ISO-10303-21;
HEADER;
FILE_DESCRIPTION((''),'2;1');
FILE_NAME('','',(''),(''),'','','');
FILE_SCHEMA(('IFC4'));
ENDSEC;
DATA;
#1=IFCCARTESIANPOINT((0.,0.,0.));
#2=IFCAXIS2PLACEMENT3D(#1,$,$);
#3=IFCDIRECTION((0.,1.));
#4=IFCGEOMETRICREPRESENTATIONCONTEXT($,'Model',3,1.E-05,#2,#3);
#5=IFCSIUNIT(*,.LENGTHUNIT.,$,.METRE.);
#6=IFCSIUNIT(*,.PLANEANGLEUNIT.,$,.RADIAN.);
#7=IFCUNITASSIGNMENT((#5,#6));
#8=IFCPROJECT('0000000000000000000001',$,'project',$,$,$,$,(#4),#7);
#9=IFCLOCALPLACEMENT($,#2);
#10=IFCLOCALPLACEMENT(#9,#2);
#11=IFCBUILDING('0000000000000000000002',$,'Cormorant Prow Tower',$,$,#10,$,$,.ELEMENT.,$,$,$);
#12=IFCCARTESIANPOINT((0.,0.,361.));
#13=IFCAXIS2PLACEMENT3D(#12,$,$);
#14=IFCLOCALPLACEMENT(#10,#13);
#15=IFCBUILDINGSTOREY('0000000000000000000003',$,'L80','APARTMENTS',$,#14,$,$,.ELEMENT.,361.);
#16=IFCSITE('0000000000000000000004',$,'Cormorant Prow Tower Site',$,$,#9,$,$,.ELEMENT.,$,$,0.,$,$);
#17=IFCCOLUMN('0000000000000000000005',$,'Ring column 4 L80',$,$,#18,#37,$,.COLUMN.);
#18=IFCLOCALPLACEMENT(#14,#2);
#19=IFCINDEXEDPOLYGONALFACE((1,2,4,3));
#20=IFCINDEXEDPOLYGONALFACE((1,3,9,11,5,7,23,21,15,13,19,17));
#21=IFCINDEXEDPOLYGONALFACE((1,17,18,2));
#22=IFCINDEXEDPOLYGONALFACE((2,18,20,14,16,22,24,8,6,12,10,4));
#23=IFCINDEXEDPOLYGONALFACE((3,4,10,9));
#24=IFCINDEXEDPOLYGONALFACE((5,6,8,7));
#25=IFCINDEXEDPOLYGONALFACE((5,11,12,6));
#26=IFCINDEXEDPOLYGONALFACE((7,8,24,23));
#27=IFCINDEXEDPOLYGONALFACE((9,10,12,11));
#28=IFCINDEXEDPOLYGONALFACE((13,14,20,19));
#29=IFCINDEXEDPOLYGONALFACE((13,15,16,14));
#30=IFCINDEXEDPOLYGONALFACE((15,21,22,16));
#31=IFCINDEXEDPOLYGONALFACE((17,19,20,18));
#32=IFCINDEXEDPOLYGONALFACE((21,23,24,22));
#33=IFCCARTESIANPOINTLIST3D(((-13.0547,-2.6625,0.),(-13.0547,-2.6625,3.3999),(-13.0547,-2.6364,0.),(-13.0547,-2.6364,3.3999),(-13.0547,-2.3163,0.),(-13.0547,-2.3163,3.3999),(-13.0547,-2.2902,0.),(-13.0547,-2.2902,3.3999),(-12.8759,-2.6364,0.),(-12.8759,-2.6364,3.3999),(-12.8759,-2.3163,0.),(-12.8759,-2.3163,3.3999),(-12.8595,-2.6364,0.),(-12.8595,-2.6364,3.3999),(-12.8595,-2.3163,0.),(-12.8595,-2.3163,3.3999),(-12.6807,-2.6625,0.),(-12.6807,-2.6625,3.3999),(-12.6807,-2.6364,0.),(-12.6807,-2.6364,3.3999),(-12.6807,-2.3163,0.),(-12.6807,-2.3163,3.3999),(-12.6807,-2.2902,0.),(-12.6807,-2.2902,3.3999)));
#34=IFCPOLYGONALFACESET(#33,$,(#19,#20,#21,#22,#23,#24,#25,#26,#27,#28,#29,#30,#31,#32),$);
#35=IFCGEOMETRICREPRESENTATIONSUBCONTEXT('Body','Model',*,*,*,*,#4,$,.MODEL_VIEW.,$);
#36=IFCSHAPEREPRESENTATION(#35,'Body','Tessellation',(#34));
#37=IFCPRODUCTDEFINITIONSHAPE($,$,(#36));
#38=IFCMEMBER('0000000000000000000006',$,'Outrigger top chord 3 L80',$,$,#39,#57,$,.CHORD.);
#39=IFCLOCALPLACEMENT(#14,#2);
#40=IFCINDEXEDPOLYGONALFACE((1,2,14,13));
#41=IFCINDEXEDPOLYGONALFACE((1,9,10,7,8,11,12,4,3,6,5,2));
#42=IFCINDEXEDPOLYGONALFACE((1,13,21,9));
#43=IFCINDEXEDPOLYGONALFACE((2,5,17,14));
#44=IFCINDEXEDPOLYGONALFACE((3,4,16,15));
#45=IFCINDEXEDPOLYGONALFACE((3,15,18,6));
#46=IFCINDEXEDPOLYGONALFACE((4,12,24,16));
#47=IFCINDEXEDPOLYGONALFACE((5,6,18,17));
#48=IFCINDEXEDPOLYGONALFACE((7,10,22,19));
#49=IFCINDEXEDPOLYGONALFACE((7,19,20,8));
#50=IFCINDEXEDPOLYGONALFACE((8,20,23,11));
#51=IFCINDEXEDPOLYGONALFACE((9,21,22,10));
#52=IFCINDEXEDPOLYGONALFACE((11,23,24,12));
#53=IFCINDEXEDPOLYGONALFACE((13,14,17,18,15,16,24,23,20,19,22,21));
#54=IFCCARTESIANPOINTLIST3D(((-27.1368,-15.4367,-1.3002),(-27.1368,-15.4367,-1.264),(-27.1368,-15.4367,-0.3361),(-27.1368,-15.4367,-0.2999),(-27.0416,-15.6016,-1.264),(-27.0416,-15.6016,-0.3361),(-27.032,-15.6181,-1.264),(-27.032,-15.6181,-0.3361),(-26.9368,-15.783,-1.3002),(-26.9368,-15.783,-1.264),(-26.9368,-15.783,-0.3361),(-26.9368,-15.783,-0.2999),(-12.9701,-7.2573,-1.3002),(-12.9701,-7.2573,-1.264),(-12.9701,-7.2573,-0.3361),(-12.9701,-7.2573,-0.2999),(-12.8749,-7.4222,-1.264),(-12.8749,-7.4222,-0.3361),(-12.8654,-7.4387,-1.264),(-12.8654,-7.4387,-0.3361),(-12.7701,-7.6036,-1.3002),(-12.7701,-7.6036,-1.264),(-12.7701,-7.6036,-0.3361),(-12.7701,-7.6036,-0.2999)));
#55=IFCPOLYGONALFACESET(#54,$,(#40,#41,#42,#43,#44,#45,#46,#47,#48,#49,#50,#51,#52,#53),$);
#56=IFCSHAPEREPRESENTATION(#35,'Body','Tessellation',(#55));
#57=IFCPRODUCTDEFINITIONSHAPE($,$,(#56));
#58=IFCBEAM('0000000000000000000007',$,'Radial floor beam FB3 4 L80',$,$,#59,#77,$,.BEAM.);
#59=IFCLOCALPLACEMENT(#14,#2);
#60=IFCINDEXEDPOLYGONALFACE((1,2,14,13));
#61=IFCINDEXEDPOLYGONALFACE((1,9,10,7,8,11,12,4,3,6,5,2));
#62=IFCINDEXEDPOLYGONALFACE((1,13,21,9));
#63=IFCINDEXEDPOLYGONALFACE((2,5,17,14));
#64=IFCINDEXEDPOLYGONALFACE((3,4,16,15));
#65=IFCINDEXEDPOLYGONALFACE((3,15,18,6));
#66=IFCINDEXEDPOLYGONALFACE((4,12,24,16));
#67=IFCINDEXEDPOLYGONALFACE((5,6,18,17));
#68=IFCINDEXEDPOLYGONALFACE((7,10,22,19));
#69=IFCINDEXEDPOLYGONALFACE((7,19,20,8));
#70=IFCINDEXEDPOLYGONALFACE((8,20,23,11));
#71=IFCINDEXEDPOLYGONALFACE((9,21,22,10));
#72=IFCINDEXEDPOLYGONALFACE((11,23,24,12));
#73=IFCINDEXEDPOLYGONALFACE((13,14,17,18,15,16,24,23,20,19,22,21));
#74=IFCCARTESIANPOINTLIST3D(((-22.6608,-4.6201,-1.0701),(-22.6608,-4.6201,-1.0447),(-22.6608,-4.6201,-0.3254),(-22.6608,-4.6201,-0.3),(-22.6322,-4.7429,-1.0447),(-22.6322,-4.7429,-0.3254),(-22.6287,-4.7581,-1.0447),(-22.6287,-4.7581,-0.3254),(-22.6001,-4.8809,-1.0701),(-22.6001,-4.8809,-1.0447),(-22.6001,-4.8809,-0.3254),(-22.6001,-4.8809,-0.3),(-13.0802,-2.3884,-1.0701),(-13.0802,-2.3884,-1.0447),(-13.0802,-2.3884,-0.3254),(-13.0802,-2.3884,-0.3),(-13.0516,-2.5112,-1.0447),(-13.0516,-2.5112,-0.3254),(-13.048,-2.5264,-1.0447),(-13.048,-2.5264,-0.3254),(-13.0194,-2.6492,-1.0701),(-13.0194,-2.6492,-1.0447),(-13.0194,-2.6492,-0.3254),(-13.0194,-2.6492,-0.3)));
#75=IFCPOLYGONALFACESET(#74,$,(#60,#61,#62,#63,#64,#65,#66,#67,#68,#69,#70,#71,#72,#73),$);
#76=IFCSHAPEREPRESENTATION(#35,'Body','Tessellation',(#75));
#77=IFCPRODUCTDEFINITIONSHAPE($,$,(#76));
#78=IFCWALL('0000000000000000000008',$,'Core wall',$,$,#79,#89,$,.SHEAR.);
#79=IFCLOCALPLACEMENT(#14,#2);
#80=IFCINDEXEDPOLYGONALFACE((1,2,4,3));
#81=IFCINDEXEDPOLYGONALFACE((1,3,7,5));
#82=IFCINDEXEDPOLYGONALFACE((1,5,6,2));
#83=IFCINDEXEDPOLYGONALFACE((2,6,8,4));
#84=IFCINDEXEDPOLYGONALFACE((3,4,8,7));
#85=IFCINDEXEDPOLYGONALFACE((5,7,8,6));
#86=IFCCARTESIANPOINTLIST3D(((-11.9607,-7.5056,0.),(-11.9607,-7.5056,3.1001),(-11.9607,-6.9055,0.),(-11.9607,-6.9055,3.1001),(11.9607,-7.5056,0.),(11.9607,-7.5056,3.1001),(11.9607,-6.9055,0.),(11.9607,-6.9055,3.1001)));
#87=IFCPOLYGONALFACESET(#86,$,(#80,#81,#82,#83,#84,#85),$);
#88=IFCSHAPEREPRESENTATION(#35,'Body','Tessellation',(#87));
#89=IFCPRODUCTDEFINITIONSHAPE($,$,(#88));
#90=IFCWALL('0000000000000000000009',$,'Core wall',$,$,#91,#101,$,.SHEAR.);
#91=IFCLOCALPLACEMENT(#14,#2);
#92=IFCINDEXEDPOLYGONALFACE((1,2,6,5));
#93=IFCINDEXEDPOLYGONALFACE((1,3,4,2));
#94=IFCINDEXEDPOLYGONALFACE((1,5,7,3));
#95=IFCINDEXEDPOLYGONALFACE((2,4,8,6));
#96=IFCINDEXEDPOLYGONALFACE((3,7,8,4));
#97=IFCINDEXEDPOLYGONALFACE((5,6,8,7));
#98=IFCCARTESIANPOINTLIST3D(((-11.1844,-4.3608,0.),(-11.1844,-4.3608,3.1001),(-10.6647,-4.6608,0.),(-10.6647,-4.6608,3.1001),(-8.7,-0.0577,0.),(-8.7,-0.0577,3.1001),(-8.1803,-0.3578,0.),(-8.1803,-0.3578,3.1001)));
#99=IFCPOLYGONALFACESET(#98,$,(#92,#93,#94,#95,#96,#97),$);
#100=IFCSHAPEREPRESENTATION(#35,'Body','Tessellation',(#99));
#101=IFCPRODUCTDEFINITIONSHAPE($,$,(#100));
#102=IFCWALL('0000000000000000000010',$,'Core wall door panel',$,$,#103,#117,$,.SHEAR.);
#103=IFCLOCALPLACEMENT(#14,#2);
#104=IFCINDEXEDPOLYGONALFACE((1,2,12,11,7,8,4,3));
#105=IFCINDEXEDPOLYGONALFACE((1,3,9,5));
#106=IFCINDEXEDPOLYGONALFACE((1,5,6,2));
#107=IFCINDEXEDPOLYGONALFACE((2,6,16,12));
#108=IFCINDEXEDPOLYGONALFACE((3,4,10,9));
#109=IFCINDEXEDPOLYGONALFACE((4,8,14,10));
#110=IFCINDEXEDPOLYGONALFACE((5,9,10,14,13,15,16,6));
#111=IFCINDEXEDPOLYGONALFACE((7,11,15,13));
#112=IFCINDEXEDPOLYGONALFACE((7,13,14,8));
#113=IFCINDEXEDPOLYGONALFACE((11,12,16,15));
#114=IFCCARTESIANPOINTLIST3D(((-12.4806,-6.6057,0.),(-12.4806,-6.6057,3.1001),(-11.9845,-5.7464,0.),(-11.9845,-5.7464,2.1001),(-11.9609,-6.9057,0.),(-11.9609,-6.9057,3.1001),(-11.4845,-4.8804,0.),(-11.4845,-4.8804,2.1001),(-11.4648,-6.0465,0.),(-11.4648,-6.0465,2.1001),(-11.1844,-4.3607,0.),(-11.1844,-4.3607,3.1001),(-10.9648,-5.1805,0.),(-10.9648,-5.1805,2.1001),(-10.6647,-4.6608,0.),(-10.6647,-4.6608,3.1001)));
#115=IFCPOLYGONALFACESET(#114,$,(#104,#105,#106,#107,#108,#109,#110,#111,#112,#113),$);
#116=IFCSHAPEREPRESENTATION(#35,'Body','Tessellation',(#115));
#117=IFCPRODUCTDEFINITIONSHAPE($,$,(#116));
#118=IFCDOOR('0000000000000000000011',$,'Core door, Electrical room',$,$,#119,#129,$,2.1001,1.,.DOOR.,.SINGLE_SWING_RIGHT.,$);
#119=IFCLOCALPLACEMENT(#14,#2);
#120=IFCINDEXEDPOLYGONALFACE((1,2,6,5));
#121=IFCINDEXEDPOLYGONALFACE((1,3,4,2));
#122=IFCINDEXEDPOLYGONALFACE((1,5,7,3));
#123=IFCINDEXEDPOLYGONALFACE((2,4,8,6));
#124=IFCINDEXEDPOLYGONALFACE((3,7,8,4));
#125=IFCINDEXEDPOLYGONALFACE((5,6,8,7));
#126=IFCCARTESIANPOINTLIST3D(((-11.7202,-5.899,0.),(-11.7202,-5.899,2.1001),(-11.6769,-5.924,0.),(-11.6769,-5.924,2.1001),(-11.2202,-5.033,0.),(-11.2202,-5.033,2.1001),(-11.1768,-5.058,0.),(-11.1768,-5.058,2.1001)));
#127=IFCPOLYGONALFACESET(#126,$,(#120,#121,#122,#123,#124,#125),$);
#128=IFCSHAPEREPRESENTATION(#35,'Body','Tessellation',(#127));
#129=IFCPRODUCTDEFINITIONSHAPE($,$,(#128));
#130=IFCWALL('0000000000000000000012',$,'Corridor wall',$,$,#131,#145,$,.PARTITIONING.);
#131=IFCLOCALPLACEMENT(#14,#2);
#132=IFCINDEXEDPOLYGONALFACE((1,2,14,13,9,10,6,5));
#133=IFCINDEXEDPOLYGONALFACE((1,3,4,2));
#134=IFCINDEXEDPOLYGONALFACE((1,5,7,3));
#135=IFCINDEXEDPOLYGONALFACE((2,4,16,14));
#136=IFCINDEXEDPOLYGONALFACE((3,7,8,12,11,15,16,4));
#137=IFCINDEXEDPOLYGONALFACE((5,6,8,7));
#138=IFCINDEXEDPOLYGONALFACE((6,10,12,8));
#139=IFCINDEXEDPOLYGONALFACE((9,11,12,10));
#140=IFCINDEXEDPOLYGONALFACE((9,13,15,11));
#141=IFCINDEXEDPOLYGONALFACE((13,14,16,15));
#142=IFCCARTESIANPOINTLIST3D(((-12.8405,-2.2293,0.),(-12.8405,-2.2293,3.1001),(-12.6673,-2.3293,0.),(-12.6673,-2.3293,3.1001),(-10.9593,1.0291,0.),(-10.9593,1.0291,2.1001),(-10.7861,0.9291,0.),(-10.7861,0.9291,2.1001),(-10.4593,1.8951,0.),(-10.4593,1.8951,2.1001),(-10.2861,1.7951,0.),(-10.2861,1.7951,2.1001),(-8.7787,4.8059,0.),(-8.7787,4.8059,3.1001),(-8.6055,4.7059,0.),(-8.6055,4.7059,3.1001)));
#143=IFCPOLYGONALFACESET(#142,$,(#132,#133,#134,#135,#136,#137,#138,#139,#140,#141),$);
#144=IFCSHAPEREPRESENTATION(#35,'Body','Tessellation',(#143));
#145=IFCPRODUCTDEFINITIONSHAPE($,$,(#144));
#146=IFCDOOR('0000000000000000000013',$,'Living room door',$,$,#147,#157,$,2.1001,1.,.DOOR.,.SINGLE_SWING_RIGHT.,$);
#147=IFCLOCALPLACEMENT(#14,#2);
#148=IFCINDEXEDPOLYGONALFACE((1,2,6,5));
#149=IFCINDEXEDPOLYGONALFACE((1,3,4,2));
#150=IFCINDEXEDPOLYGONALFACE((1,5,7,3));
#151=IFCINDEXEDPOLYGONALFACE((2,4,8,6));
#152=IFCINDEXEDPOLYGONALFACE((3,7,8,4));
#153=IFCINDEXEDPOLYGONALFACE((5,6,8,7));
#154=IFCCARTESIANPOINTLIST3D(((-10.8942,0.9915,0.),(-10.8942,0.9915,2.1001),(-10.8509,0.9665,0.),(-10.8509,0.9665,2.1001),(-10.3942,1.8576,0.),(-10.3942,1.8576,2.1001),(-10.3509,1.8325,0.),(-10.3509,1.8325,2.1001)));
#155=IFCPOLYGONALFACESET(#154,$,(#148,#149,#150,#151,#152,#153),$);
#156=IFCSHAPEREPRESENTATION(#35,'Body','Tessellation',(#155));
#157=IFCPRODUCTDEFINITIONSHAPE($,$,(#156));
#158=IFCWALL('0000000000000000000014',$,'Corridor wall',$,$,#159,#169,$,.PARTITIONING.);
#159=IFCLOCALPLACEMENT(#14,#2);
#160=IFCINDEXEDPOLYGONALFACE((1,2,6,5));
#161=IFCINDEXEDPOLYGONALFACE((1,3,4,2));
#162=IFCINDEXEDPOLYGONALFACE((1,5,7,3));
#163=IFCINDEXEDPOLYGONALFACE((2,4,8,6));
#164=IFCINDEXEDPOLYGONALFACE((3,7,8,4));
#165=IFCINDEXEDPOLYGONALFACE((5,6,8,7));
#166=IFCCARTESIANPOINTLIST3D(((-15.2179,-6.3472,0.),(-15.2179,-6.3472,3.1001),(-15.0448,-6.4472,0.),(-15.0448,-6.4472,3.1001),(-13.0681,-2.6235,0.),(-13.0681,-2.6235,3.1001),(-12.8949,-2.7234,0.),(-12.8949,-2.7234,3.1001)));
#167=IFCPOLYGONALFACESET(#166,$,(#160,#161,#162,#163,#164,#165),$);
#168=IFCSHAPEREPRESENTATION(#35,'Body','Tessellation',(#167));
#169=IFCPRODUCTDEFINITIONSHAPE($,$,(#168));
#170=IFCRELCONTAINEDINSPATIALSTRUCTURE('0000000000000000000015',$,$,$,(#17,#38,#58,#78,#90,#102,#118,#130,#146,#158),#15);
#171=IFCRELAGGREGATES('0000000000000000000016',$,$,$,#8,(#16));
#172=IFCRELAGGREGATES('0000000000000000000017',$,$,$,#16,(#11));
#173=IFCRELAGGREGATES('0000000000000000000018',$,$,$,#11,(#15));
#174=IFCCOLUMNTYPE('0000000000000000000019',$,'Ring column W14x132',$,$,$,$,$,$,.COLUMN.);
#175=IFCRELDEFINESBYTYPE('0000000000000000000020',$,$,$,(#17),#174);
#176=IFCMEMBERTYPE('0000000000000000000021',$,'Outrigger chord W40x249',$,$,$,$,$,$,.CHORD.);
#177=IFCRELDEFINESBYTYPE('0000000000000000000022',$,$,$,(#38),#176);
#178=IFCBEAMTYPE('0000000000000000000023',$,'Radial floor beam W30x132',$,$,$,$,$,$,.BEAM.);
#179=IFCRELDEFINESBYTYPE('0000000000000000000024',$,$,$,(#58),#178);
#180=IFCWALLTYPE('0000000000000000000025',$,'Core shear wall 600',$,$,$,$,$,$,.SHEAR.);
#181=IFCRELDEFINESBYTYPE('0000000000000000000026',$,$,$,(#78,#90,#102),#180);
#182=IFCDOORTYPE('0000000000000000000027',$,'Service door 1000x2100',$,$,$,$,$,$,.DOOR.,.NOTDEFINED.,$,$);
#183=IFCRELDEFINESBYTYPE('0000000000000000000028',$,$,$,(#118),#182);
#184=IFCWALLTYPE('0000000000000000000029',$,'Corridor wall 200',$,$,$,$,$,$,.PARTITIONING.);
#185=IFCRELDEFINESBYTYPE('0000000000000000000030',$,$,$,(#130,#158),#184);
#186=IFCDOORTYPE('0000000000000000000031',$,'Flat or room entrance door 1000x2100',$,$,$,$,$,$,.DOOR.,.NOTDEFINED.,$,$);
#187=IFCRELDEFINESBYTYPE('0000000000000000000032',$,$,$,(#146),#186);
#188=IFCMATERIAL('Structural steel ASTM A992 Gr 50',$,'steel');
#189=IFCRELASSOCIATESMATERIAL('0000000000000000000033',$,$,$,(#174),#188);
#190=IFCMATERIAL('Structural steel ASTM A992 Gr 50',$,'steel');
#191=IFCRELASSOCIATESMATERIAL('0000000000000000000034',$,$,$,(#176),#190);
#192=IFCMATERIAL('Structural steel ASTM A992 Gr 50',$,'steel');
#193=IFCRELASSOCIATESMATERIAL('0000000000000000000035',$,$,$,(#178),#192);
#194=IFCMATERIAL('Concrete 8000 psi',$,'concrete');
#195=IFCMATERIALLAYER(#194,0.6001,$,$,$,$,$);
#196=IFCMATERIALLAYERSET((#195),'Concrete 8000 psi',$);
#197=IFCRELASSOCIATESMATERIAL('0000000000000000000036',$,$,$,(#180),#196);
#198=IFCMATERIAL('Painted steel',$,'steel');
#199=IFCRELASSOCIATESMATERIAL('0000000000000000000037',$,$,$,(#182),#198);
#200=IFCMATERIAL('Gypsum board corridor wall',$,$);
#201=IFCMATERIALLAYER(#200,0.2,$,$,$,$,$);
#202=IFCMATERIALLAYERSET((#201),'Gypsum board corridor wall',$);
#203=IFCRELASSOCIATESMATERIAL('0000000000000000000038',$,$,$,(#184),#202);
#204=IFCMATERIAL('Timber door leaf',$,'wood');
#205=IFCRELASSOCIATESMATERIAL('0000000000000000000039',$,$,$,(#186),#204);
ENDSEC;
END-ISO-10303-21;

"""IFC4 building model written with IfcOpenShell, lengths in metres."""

from ifc_helpers import new_model, si_unit, direction, frame, frame_2d, origin, origin_2d, place, context, subcontext, project, spatial, rectangle, i_section, extrude, material, layer, layer_set, material_profile, profile_set, type_object, element, fill, save


model = new_model("IFC4")

# Units and contexts
model_context = context("Model", 3, precision=1e-05, world=origin(), true_north=direction((0.0, 1.0)))
body_context = subcontext(model_context, "Body", "Model", "MODEL_VIEW")
ifc_project = project(units=[si_unit("LENGTHUNIT", "METRE"), si_unit("PLANEANGLEUNIT", "RADIAN")], contexts=[model_context])

# Site, building, storey
site_placement = place(None, origin())
site = spatial("IfcSite", under=ifc_project, at=site_placement, Name="Cormorant Prow Tower Site", CompositionType="ELEMENT", RefElevation=0.0)
building_placement = place(site_placement, origin())
building = spatial("IfcBuilding", under=site, at=building_placement, Name="Cormorant Prow Tower", CompositionType="ELEMENT")
storey_placement = place(building_placement, frame((0.0, 0.0, 361.0)))
storey = spatial("IfcBuildingStorey", under=building, at=storey_placement, Name="L80", Description="APARTMENTS", CompositionType="ELEMENT", Elevation=361.0)

# Column
ifc_material_1 = material(Name="Structural steel ASTM A992 Gr 50", Category="steel")
ifc_material_profile_1 = material_profile(ifc_material_1, i_section(OverallWidth=0.374, OverallDepth=0.3723, WebThickness=0.0164, FlangeThickness=0.0261, at=origin_2d()), Name="W14x132")
ifc_profile_set_1 = profile_set([ifc_material_profile_1], Name="Structural steel ASTM A992 Gr 50")
column_type = type_object("IfcColumnType", Name="Ring column W14x132", PredefinedType="COLUMN", material=ifc_profile_set_1)
column_placement = place(storey_placement, frame((-12.8677, -2.4763, 0.0), z_axis=(0.0, 0.0, 1.0), x_axis=(1.0, 0.0, 0.0)))
element("IfcColumn", 1, at=column_placement, inside=storey, type_object=column_type, Name="Ring column 4 L80", PredefinedType="COLUMN", context=body_context, shape_type="SweptSolid", body=[
    extrude(i_section(OverallWidth=0.374, OverallDepth=0.3723, WebThickness=0.0164, FlangeThickness=0.0261, at=origin_2d()), origin(), (0.0, 0.0, 1.0), 3.3999),
])

# Member
ifc_material_2 = material(Name="Structural steel ASTM A992 Gr 50", Category="steel")
ifc_material_profile_2 = material_profile(ifc_material_2, i_section(OverallWidth=0.3999, OverallDepth=1.0002, WebThickness=0.019, FlangeThickness=0.0361, at=origin_2d()), Name="W40x249")
ifc_profile_set_2 = profile_set([ifc_material_profile_2], Name="Structural steel ASTM A992 Gr 50")
member_type = type_object("IfcMemberType", Name="Outrigger chord W40x249", PredefinedType="CHORD", material=ifc_profile_set_2)
member_placement = place(storey_placement, frame((-12.8701, -7.4304, -0.8), z_axis=(-0.866018, -0.500012, 0.0), x_axis=(0.500012, -0.866018, 0.0)))
element("IfcMember", 2, at=member_placement, inside=storey, type_object=member_type, Name="Outrigger top chord 3 L80", PredefinedType="CHORD", context=body_context, shape_type="SweptSolid", body=[
    extrude(i_section(OverallWidth=0.3999, OverallDepth=1.0002, WebThickness=0.019, FlangeThickness=0.0361, at=origin_2d()), origin(), (0.0, 0.0, 1.0), 16.3584),
])

# Beam
ifc_material_3 = material(Name="Structural steel ASTM A992 Gr 50", Category="steel")
ifc_material_profile_3 = material_profile(ifc_material_3, i_section(OverallWidth=0.2678, OverallDepth=0.77, WebThickness=0.0156, FlangeThickness=0.0254, at=origin_2d()), Name="W30x132")
ifc_profile_set_3 = profile_set([ifc_material_profile_3], Name="Structural steel ASTM A992 Gr 50")
beam_type = type_object("IfcBeamType", Name="Radial floor beam W30x132", PredefinedType="BEAM", material=ifc_profile_set_3)
beam_placement = place(storey_placement, frame((-13.0498, -2.5188, -0.6851), z_axis=(-0.973926, -0.226866, 0.0), x_axis=(0.226866, -0.973926, 0.0)))
element("IfcBeam", 3, at=beam_placement, inside=storey, type_object=beam_type, Name="Radial floor beam FB3 4 L80", PredefinedType="BEAM", context=body_context, shape_type="SweptSolid", body=[
    extrude(i_section(OverallWidth=0.2678, OverallDepth=0.77, WebThickness=0.0156, FlangeThickness=0.0254, at=origin_2d()), origin(), (0.0, 0.0, 1.0), 9.8372),
])

# Walls
ifc_material_4 = material(Name="Concrete 8000 psi", Category="concrete")
ifc_layer_1 = layer(ifc_material_4, 0.6001)
ifc_layer_set_1 = layer_set([ifc_layer_1], Name="Concrete 8000 psi")
wall_type_1 = type_object("IfcWallType", Name="Core shear wall 600", PredefinedType="SHEAR", material=ifc_layer_set_1)
wall_1_placement = place(storey_placement, frame((-11.9607, -7.2056, 0.0), z_axis=(0.0, 0.0, 1.0), x_axis=(1.0, 0.0, 0.0)))
element("IfcWall", 4, at=wall_1_placement, inside=storey, type_object=wall_type_1, Name="Core wall", PredefinedType="SHEAR", context=body_context, shape_type="SweptSolid", body=[
    extrude(rectangle(XDim=23.9214, YDim=0.6001, at=frame_2d((11.9607, 0.0))), origin(), (0.0, 0.0, 1.0), 3.1001),
])
wall_2_placement = place(storey_placement, frame((-8.4402, -0.2078, 0.0), z_axis=(0.0, 0.0, 1.0), x_axis=(-0.500007, -0.866021, 0.0)))
element("IfcWall", 5, at=wall_2_placement, inside=storey, type_object=wall_type_1, Name="Core wall", PredefinedType="SHEAR", context=body_context, shape_type="SweptSolid", body=[
    extrude(rectangle(XDim=4.9688, YDim=0.6001, at=frame_2d((2.4844, 0.0))), origin(), (0.0, 0.0, 1.0), 3.1001),
])

# Walls, openings, doors
wall_3_placement = place(storey_placement, frame((-10.9246, -4.5107, 0.0), z_axis=(0.0, 0.0, 1.0), x_axis=(-0.500019, -0.866015, 0.0)))
wall_3 = element("IfcWall", 6, at=wall_3_placement, inside=storey, type_object=wall_type_1, Name="Core wall door panel", PredefinedType="SHEAR", context=body_context, shape_type="SweptSolid", body=[
    extrude(rectangle(XDim=2.5923, YDim=0.6001, at=frame_2d((1.2961, 0.0))), origin(), (0.0, 0.0, 1.0), 3.1001),
])
opening_1_placement = place(wall_3_placement, frame((0.6001, 0.0, 0.0)))
opening_1 = element("IfcOpeningElement", 7, at=opening_1_placement, cuts=wall_3, PredefinedType="OPENING", context=body_context, shape_type="SweptSolid", body=[
    extrude(rectangle(XDim=1.0, YDim=2.1001, at=frame_2d((0.5, 1.05))), frame((0.0, 0.3101, 0.0), z_axis=(0.0, -1.0, 0.0), x_axis=(1.0, 0.0, 0.0)), (0.0, 0.0, 1.0), 0.6201),
])
ifc_material_5 = material(Name="Painted steel", Category="steel")
door_type_1 = type_object("IfcDoorType", Name="Service door 1000x2100", OperationType="NOTDEFINED", PredefinedType="DOOR", material=ifc_material_5)
door_1_placement = place(opening_1_placement, origin())
door_1 = element("IfcDoor", 8, at=door_1_placement, inside=storey, type_object=door_type_1, Name="Core door, Electrical room", OperationType="SINGLE_SWING_RIGHT", OverallHeight=2.1001, OverallWidth=1.0, PredefinedType="DOOR", context=body_context, shape_type="SweptSolid", body=[
    extrude(rectangle(XDim=1.0, YDim=2.1001, at=frame_2d((0.5, 1.05))), frame((0.0, 0.0552, 0.0), z_axis=(0.0, -1.0, 0.0), x_axis=(1.0, 0.0, 0.0)), (0.0, 0.0, 1.0), 0.05),
])
fill(opening_1, door_1)
ifc_material_6 = material(Name="Gypsum board corridor wall")
ifc_layer_2 = layer(ifc_material_6, 0.2)
ifc_layer_set_2 = layer_set([ifc_layer_2], Name="Gypsum board corridor wall")
wall_type_2 = type_object("IfcWallType", Name="Corridor wall 200", PredefinedType="PARTITIONING", material=ifc_layer_set_2)
wall_4_placement = place(storey_placement, frame((-12.7539, -2.2793, 0.0), z_axis=(0.0, 0.0, 1.0), x_axis=(0.500002, 0.866024, 0.0)))
wall_4 = element("IfcWall", 9, at=wall_4_placement, inside=storey, type_object=wall_type_2, Name="Corridor wall", PredefinedType="PARTITIONING", context=body_context, shape_type="SweptSolid", body=[
    extrude(rectangle(XDim=8.1235, YDim=0.2, at=frame_2d((4.0618, 0.0))), origin(), (0.0, 0.0, 1.0), 3.1001),
])
opening_2_placement = place(wall_4_placement, frame((3.7625, 0.0, 0.0)))
opening_2 = element("IfcOpeningElement", 10, at=opening_2_placement, cuts=wall_4, PredefinedType="OPENING", context=body_context, shape_type="SweptSolid", body=[
    extrude(rectangle(XDim=1.0, YDim=2.1001, at=frame_2d((0.5, 1.05))), frame((0.0, 0.1099, 0.0), z_axis=(0.0, -1.0, 0.0), x_axis=(1.0, 0.0, 0.0)), (0.0, 0.0, 1.0), 0.22),
])
ifc_material_7 = material(Name="Timber door leaf", Category="wood")
door_type_2 = type_object("IfcDoorType", Name="Flat or room entrance door 1000x2100", OperationType="NOTDEFINED", PredefinedType="DOOR", material=ifc_material_7)
door_2_placement = place(opening_2_placement, origin())
door_2 = element("IfcDoor", 11, at=door_2_placement, inside=storey, type_object=door_type_2, Name="Living room door", OperationType="SINGLE_SWING_RIGHT", OverallHeight=2.1001, OverallWidth=1.0, PredefinedType="DOOR", context=body_context, shape_type="SweptSolid", body=[
    extrude(rectangle(XDim=1.0, YDim=2.1001, at=frame_2d((0.5, 1.05))), frame((0.0, 0.0249, 0.0), z_axis=(0.0, -1.0, 0.0), x_axis=(1.0, 0.0, 0.0)), (0.0, 0.0, 1.0), 0.05),
])
fill(opening_2, door_2)

# Wall
wall_5_placement = place(storey_placement, frame((-15.1313, -6.3972, 0.0), z_axis=(0.0, 0.0, 1.0), x_axis=(0.499986, 0.866033, 0.0)))
element("IfcWall", 12, at=wall_5_placement, inside=storey, type_object=wall_type_2, Name="Corridor wall", PredefinedType="PARTITIONING", context=body_context, shape_type="SweptSolid", body=[
    extrude(rectangle(XDim=4.2998, YDim=0.2, at=frame_2d((2.1499, 0.0))), origin(), (0.0, 0.0, 1.0), 3.1001),
])

save(model, "model.ifc")
